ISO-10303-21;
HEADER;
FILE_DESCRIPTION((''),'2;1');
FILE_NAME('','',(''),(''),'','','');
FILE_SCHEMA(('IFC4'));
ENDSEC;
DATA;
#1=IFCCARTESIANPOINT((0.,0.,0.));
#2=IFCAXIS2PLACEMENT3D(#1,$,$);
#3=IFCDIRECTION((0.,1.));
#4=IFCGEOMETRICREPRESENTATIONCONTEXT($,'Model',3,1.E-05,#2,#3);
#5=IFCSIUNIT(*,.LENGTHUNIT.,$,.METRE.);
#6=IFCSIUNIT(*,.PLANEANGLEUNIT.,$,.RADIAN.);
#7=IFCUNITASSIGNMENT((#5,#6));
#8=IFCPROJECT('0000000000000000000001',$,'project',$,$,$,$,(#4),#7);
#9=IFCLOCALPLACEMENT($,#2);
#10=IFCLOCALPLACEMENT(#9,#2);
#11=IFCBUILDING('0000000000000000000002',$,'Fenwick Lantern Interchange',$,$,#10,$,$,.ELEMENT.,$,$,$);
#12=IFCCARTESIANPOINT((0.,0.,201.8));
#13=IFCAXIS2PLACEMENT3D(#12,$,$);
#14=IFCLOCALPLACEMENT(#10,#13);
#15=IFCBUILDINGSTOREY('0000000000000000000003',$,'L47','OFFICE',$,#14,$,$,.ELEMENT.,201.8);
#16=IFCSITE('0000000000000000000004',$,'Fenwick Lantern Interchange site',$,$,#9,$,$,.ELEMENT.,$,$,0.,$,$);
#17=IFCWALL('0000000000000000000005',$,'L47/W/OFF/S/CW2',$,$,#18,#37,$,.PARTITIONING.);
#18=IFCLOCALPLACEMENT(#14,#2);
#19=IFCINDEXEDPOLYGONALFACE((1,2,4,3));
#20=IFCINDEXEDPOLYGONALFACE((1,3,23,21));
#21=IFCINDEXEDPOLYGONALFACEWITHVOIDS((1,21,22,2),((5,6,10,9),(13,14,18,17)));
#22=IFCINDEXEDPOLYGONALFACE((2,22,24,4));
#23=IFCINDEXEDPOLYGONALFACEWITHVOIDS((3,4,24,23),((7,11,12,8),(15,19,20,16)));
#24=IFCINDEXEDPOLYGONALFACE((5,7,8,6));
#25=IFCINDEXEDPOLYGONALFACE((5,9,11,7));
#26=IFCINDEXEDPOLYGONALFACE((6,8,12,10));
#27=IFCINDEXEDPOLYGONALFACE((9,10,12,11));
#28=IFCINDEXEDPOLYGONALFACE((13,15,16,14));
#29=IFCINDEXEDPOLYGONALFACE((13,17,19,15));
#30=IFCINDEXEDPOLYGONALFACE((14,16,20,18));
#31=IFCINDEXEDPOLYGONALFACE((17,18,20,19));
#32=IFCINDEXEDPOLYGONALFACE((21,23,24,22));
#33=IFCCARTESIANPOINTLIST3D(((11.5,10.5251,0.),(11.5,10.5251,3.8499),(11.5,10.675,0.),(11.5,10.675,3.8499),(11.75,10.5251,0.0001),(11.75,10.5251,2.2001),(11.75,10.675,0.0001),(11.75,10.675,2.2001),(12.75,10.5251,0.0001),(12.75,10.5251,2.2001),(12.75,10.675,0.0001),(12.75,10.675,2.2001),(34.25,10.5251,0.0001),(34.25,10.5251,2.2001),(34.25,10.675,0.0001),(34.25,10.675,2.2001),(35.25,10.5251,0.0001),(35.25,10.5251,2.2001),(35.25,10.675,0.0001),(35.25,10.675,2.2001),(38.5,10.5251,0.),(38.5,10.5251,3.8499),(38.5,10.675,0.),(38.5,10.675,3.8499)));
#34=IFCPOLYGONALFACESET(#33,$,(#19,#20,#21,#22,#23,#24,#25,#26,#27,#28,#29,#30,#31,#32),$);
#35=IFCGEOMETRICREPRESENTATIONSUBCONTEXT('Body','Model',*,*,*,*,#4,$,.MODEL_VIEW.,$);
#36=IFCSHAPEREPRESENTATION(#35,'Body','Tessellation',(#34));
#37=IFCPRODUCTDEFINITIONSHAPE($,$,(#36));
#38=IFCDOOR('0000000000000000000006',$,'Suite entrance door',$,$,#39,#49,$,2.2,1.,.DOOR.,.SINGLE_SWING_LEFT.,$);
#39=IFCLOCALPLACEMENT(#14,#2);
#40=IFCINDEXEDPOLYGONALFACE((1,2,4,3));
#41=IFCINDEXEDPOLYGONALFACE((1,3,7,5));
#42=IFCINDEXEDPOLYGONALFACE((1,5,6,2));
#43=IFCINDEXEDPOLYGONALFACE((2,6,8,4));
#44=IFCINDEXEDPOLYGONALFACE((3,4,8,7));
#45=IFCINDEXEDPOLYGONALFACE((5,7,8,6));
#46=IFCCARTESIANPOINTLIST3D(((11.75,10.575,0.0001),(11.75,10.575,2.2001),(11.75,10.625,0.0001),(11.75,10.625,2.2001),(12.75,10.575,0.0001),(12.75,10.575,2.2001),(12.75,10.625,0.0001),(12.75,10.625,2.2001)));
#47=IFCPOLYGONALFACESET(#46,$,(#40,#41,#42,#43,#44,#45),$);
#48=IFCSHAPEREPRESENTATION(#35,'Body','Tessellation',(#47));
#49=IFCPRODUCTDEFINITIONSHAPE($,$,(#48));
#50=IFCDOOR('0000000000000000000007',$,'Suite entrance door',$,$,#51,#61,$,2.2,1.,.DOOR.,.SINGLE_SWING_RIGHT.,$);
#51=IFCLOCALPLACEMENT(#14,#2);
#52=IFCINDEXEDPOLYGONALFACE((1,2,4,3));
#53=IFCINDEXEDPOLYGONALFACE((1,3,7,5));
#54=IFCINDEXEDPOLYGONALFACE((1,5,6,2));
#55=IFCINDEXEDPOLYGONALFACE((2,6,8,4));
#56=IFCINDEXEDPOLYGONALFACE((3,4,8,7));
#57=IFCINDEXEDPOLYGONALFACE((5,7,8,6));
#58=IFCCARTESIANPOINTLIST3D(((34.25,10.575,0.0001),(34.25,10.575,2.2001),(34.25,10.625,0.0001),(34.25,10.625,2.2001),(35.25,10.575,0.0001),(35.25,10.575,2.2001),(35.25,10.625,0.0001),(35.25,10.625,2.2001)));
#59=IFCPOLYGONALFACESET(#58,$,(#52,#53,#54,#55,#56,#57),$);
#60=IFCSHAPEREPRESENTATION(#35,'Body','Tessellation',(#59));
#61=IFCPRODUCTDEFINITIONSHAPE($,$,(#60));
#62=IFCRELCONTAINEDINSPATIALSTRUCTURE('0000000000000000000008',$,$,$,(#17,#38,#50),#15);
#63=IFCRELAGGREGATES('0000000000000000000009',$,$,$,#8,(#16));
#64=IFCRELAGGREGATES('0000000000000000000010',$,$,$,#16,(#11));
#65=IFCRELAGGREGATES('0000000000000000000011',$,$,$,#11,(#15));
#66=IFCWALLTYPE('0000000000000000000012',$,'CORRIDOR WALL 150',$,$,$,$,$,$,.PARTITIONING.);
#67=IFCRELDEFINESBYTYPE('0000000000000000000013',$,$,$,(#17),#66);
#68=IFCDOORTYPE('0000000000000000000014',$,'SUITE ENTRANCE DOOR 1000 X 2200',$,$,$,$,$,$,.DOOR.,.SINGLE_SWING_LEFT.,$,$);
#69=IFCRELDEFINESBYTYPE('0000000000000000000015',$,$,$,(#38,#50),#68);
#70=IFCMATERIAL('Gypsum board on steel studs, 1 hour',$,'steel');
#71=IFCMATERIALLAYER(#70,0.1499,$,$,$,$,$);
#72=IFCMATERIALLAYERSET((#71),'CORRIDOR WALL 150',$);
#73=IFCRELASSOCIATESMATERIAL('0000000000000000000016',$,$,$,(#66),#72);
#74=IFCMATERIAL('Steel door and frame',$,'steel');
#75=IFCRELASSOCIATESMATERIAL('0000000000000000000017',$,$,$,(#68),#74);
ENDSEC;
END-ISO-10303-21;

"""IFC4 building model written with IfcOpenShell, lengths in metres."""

from ifc_helpers import new_model, si_unit, direction, frame, frame_2d, origin, place, context, subcontext, project, spatial, rectangle, extrude, material, layer, layer_set, type_object, element, fill, save


model = new_model("IFC4")

# Units and contexts
model_context = context("Model", 3, precision=1e-05, world=origin(), true_north=direction((0.0, 1.0)))
body_context = subcontext(model_context, "Body", "Model", "MODEL_VIEW")
ifc_project = project(units=[si_unit("LENGTHUNIT", "METRE"), si_unit("PLANEANGLEUNIT", "RADIAN")], contexts=[model_context])

# Site, building, storey
site_placement = place(None, origin())
site = spatial("IfcSite", under=ifc_project, at=site_placement, Name="Fenwick Lantern Interchange site", CompositionType="ELEMENT", RefElevation=0.0)
building_placement = place(site_placement, origin())
building = spatial("IfcBuilding", under=site, at=building_placement, Name="Fenwick Lantern Interchange", CompositionType="ELEMENT")
storey_placement = place(building_placement, frame((0.0, 0.0, 201.8)))
storey = spatial("IfcBuildingStorey", under=building, at=storey_placement, Name="L47", Description="OFFICE", CompositionType="ELEMENT", Elevation=201.8)

# Wall, openings, doors
ifc_material_1 = material(Name="Gypsum board on steel studs, 1 hour", Category="steel")
ifc_layer_1 = layer(ifc_material_1, 0.1499)
ifc_layer_set_1 = layer_set([ifc_layer_1], Name="CORRIDOR WALL 150")
wall_type = type_object("IfcWallType", Name="CORRIDOR WALL 150", PredefinedType="PARTITIONING", material=ifc_layer_set_1)
wall_placement = place(storey_placement, frame((11.5, 10.6001, 0.0), z_axis=(0.0, 0.0, 1.0), x_axis=(1.0, 0.0, 0.0)))
wall = element("IfcWall", 1, at=wall_placement, inside=storey, type_object=wall_type, Name="L47/W/OFF/S/CW2", PredefinedType="PARTITIONING", context=body_context, shape_type="SweptSolid", body=[
    extrude(rectangle(XDim=27.0, YDim=0.1499, at=frame_2d((13.5, 0.0))), origin(), (0.0, 0.0, 1.0), 3.8499),
])
opening_1_placement = place(wall_placement, frame((0.25, 0.0, 0.0)))
opening_1 = element("IfcOpeningElement", 2, at=opening_1_placement, cuts=wall, PredefinedType="OPENING", context=body_context, shape_type="SweptSolid", body=[
    extrude(rectangle(XDim=1.0, YDim=2.2, at=frame_2d((0.5, 1.1001))), frame((0.0, 0.085, 0.0), z_axis=(0.0, -1.0, 0.0), x_axis=(1.0, 0.0, 0.0)), (0.0, 0.0, 1.0), 0.1699),
])
opening_2_placement = place(wall_placement, frame((22.75, 0.0, 0.0)))
opening_2 = element("IfcOpeningElement", 3, at=opening_2_placement, cuts=wall, PredefinedType="OPENING", context=body_context, shape_type="SweptSolid", body=[
    extrude(rectangle(XDim=1.0, YDim=2.2, at=frame_2d((0.5, 1.1001))), frame((0.0, 0.085, 0.0), z_axis=(0.0, -1.0, 0.0), x_axis=(1.0, 0.0, 0.0)), (0.0, 0.0, 1.0), 0.1699),
])
ifc_material_2 = material(Name="Steel door and frame", Category="steel")
door_type = type_object("IfcDoorType", Name="SUITE ENTRANCE DOOR 1000 X 2200", OperationType="SINGLE_SWING_LEFT", PredefinedType="DOOR", material=ifc_material_2)
door_1_placement = place(opening_1_placement, origin())
door_1 = element("IfcDoor", 4, at=door_1_placement, inside=storey, type_object=door_type, Name="Suite entrance door", OperationType="SINGLE_SWING_LEFT", OverallHeight=2.2, OverallWidth=1.0, PredefinedType="DOOR", context=body_context, shape_type="SweptSolid", body=[
    extrude(rectangle(XDim=1.0, YDim=2.2, at=frame_2d((0.5, 1.1001))), frame((0.0, 0.0249, 0.0), z_axis=(0.0, -1.0, 0.0), x_axis=(1.0, 0.0, 0.0)), (0.0, 0.0, 1.0), 0.05),
])
fill(opening_1, door_1)
door_2_placement = place(opening_2_placement, origin())
door_2 = element("IfcDoor", 5, at=door_2_placement, inside=storey, type_object=door_type, Name="Suite entrance door", OperationType="SINGLE_SWING_RIGHT", OverallHeight=2.2, OverallWidth=1.0, PredefinedType="DOOR", context=body_context, shape_type="SweptSolid", body=[
    extrude(rectangle(XDim=1.0, YDim=2.2, at=frame_2d((0.5, 1.1001))), frame((0.0, 0.0249, 0.0), z_axis=(0.0, -1.0, 0.0), x_axis=(1.0, 0.0, 0.0)), (0.0, 0.0, 1.0), 0.05),
])
fill(opening_2, door_2)

save(model, "model.ifc")
